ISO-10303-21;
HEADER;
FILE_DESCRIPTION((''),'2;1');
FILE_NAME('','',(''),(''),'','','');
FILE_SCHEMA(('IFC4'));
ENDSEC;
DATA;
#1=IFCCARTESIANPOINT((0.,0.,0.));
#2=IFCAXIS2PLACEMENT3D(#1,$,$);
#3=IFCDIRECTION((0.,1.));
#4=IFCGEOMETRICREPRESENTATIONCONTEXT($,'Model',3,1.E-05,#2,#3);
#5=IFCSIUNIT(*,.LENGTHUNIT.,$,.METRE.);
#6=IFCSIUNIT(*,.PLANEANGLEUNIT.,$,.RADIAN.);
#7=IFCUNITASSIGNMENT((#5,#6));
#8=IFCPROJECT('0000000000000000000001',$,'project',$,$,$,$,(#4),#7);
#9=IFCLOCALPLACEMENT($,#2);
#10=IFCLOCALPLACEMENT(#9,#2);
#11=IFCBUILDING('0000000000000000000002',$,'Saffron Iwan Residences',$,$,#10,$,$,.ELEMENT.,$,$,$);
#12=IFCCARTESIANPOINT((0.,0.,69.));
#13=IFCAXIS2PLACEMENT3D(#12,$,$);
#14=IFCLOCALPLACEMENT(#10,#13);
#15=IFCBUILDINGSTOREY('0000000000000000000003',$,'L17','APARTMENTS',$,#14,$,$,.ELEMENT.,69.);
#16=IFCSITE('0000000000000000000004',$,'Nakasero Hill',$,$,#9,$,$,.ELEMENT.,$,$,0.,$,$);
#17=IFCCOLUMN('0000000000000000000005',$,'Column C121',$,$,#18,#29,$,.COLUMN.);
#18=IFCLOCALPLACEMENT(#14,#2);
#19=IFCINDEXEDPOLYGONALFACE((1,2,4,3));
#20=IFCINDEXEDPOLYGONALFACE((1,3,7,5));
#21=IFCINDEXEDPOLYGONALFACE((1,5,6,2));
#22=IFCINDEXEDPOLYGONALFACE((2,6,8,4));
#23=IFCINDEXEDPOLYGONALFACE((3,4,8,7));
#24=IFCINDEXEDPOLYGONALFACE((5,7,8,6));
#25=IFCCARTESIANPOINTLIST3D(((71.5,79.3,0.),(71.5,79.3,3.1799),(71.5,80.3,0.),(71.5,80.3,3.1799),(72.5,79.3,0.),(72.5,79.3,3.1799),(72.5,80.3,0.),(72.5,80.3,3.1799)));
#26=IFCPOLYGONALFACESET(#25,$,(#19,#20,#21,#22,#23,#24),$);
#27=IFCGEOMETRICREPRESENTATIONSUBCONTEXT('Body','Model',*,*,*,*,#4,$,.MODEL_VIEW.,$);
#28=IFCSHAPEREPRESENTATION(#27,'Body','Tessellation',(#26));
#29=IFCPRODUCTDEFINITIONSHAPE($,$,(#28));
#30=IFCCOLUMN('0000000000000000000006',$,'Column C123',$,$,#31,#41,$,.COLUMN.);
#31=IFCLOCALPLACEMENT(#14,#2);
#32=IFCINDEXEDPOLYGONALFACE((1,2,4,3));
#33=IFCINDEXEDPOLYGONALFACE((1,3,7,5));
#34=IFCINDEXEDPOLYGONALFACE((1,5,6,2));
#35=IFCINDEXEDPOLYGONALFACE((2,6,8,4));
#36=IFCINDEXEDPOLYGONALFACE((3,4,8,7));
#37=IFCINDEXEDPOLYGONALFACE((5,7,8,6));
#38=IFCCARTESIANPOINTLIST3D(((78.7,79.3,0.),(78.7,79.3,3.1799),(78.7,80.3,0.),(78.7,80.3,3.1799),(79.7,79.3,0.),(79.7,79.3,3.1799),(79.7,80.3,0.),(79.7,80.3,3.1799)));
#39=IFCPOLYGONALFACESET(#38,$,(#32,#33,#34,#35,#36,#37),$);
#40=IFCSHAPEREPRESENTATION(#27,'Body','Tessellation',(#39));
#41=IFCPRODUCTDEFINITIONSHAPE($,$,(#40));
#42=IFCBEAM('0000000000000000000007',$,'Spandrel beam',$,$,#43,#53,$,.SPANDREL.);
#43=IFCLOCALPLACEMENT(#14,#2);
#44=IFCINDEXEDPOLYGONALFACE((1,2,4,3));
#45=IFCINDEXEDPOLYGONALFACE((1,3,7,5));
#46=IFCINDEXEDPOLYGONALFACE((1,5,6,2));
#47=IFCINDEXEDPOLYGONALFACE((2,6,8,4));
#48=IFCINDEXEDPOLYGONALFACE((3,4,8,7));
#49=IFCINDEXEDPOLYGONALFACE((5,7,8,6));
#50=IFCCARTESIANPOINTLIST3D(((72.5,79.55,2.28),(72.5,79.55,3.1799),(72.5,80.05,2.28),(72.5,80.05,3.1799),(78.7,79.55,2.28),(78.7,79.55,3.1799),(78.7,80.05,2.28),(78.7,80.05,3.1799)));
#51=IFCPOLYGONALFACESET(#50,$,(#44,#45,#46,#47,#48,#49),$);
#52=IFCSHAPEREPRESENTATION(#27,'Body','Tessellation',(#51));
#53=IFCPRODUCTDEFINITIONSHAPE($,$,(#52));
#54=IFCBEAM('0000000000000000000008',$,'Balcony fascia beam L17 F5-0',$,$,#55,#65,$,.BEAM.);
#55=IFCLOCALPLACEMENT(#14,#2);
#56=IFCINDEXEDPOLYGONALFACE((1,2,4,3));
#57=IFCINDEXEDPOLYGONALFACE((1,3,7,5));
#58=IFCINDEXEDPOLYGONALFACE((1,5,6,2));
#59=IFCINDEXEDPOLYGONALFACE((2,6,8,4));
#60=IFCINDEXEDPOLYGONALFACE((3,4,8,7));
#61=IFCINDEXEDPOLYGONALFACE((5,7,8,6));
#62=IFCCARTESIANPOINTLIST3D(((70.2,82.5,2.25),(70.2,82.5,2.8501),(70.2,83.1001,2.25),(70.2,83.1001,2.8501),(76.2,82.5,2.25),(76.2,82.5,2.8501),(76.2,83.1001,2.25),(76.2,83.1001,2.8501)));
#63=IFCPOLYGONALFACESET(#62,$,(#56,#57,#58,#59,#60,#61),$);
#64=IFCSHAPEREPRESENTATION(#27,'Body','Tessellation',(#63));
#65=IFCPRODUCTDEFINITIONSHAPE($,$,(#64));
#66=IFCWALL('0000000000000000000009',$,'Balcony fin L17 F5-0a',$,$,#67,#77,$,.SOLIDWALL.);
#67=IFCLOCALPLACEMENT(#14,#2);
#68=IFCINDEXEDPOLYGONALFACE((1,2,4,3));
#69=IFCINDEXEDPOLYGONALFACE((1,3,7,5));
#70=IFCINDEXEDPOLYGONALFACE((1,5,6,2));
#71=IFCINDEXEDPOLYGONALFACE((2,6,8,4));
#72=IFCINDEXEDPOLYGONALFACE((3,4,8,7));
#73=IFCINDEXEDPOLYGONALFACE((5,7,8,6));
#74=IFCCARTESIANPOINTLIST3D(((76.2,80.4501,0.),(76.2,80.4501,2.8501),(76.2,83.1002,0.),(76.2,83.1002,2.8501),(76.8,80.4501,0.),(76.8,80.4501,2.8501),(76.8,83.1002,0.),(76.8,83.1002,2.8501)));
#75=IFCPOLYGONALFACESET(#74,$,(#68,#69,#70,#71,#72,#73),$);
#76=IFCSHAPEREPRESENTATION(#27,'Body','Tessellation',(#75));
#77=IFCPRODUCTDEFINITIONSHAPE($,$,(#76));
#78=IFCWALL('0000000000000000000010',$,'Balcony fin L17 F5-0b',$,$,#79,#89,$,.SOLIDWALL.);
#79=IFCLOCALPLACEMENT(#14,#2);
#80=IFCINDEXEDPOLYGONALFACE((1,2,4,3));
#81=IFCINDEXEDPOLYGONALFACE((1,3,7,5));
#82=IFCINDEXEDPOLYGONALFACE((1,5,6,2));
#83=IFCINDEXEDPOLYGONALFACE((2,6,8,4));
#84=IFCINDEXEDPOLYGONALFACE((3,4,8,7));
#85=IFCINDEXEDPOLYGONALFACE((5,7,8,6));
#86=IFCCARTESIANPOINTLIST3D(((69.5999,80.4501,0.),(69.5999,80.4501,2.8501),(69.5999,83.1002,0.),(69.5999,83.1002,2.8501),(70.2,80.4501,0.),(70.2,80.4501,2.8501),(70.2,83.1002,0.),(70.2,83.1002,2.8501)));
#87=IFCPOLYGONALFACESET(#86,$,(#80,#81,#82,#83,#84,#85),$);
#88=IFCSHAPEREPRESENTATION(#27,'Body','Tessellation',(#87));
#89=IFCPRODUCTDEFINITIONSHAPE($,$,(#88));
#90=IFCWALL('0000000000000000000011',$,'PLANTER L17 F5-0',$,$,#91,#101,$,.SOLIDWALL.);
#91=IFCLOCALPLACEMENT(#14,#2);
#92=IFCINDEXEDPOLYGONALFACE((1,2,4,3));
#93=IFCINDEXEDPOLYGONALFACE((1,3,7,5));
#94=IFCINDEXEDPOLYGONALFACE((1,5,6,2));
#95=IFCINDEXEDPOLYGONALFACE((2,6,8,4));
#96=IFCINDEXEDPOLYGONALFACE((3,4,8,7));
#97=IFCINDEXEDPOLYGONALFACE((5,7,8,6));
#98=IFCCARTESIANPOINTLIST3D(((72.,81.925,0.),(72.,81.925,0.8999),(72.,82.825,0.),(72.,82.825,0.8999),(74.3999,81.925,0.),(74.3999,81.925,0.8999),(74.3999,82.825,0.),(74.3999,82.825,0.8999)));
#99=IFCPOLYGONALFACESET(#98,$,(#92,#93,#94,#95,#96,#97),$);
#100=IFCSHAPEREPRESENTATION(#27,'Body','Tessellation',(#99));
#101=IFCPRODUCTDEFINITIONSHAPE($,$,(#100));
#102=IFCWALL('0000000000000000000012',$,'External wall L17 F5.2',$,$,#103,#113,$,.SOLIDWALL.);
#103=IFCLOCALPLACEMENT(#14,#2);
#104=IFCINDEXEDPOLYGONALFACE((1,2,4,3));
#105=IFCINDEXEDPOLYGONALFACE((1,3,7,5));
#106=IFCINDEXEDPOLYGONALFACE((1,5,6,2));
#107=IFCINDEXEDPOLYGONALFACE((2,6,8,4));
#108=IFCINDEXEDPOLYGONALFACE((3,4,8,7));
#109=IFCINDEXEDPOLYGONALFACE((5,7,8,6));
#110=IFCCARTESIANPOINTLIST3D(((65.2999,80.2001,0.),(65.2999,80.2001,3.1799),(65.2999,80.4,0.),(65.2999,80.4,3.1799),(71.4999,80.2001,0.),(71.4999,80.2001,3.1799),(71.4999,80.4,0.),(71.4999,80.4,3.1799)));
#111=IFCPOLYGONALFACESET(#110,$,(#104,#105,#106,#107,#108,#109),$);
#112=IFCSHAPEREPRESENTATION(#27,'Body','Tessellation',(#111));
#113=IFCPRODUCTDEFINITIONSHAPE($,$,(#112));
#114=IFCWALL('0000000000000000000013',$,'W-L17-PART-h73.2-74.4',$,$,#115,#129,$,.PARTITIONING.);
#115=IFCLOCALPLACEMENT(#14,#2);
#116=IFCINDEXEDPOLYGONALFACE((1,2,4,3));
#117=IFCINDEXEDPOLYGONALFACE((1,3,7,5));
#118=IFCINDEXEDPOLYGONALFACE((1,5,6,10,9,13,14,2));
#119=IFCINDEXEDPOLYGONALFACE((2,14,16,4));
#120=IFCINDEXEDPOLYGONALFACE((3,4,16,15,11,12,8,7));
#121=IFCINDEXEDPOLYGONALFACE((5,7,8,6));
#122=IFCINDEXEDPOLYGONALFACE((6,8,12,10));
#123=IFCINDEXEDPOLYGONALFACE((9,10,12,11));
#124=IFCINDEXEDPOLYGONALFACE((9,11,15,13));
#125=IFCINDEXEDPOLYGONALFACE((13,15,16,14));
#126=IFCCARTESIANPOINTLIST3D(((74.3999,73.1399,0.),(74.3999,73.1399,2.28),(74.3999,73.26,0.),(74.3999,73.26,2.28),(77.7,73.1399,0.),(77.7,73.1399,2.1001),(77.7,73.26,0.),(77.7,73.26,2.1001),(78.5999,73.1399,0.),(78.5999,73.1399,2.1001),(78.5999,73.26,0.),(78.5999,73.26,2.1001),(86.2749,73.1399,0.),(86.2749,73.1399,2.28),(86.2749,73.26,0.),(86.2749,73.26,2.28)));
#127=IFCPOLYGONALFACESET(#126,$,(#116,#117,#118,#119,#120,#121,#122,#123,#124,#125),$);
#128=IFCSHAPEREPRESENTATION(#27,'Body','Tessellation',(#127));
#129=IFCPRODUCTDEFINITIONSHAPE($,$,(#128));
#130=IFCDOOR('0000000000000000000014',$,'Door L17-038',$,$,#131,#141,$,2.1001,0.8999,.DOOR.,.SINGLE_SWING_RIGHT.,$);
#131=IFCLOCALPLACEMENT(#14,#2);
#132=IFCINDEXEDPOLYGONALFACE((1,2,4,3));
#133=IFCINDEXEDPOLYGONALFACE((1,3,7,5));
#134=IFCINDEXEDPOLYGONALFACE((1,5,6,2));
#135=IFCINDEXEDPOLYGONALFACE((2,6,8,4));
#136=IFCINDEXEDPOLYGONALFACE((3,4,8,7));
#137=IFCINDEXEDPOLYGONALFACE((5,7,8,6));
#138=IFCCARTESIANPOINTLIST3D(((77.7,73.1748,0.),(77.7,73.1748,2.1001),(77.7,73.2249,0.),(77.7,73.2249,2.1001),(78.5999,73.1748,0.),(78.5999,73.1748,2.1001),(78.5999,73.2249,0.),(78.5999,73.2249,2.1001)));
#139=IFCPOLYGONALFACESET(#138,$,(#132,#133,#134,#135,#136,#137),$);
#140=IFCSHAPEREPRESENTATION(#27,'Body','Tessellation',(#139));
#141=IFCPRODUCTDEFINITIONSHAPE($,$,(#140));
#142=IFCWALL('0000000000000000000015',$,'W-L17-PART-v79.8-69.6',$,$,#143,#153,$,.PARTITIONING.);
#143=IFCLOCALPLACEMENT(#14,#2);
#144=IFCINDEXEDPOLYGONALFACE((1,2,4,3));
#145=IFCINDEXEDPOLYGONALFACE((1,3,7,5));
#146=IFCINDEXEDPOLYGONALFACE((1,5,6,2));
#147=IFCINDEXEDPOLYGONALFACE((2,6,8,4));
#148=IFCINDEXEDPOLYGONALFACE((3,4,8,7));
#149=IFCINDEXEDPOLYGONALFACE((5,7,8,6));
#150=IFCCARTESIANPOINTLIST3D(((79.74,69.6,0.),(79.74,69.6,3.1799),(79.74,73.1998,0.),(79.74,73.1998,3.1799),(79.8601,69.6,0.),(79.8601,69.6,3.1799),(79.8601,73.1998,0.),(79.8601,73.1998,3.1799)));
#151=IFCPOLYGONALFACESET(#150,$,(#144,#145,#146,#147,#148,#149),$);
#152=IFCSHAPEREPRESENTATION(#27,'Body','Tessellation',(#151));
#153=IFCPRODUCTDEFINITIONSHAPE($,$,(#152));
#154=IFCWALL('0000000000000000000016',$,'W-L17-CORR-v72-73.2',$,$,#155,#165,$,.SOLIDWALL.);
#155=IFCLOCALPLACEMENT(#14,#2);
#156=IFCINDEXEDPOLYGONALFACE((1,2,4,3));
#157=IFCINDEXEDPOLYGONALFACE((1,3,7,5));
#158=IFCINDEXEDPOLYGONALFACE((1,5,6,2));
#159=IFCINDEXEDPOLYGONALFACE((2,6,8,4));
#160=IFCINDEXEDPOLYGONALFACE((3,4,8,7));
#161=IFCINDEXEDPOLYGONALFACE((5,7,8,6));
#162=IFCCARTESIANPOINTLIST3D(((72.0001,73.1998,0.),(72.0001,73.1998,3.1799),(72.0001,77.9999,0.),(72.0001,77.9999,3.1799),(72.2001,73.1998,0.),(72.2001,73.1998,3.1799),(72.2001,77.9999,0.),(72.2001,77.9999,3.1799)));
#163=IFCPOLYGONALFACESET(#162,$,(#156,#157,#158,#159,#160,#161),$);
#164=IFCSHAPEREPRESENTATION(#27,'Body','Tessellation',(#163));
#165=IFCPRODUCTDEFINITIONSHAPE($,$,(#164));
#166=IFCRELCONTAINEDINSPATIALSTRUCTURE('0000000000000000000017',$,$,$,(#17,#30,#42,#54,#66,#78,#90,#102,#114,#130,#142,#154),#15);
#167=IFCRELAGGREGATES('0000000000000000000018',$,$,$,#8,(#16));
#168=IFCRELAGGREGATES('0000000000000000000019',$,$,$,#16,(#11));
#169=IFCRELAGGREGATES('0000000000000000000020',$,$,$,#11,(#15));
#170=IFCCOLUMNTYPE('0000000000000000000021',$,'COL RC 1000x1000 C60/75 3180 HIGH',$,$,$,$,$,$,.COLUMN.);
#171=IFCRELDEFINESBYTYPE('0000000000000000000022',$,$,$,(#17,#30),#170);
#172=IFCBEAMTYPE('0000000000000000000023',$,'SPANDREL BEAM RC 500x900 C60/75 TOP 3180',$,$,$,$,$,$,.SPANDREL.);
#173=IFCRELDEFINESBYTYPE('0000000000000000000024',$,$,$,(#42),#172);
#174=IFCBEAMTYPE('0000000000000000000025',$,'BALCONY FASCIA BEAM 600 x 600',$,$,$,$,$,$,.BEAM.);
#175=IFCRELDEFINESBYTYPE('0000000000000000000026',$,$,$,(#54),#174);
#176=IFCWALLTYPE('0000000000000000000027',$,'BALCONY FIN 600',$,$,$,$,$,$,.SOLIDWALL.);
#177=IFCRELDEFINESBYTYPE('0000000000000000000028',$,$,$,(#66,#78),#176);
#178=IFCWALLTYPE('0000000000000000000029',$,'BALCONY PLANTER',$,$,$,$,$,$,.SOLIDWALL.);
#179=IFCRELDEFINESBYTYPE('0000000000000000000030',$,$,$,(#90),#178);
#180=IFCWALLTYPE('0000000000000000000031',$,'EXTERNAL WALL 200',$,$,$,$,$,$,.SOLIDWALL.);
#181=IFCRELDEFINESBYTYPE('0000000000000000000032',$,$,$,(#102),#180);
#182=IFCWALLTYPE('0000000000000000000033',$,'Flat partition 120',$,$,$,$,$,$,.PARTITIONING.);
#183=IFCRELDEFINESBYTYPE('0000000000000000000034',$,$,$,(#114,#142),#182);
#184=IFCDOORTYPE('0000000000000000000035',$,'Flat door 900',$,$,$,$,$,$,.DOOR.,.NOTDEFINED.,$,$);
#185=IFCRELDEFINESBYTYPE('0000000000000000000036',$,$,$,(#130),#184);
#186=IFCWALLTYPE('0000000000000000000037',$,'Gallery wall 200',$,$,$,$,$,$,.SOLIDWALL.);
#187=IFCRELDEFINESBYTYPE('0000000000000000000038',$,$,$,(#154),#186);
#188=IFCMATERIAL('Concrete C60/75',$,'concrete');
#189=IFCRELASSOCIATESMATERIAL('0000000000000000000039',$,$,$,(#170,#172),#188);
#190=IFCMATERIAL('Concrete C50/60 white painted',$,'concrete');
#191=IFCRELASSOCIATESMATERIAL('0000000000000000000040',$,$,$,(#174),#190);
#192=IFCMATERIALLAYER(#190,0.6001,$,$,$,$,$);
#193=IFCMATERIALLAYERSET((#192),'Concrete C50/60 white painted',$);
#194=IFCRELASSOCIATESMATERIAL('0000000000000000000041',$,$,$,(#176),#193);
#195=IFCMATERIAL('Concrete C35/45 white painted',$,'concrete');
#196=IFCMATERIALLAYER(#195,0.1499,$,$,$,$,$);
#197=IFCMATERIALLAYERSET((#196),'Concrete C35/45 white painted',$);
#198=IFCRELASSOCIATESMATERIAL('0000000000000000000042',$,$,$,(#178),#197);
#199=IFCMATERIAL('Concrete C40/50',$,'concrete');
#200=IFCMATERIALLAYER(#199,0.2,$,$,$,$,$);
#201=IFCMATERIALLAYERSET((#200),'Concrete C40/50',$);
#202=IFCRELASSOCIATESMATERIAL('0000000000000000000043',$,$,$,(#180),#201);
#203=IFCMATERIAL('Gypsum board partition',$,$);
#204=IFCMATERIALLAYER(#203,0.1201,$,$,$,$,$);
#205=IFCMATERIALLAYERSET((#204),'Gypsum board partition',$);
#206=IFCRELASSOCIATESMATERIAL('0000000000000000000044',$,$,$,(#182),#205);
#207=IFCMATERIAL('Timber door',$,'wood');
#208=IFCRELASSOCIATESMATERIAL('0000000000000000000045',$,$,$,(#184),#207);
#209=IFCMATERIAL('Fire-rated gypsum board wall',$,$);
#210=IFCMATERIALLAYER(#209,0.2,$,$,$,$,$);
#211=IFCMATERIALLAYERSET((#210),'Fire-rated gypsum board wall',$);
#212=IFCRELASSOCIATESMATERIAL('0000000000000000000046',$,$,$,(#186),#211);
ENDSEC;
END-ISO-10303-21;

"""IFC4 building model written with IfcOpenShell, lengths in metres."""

from ifc_helpers import new_model, si_unit, direction, frame, frame_2d, origin, origin_2d, place, context, subcontext, project, spatial, rectangle, extrude, source, transform, mapped, material, layer, layer_set, material_profile, profile_set, type_object, element, fill, save


model = new_model("IFC4")

# Units and contexts
model_context = context("Model", 3, precision=1e-05, world=origin(), true_north=direction((0.0, 1.0)))
body_context = subcontext(model_context, "Body", "Model", "MODEL_VIEW")
ifc_project = project(units=[si_unit("LENGTHUNIT", "METRE"), si_unit("PLANEANGLEUNIT", "RADIAN")], contexts=[model_context])

# Site, building, storey
site_placement = place(None, origin())
site = spatial("IfcSite", under=ifc_project, at=site_placement, Name="Nakasero Hill", CompositionType="ELEMENT", RefElevation=0.0)
building_placement = place(site_placement, origin())
building = spatial("IfcBuilding", under=site, at=building_placement, Name="Saffron Iwan Residences", CompositionType="ELEMENT")
storey_placement = place(building_placement, frame((0.0, 0.0, 69.0)))
storey = spatial("IfcBuildingStorey", under=building, at=storey_placement, Name="L17", Description="APARTMENTS", CompositionType="ELEMENT", Elevation=69.0)

# Columns
ifc_material_1 = material(Name="Concrete C60/75", Category="concrete")
ifc_material_profile_1 = material_profile(ifc_material_1, rectangle(XDim=1.0, YDim=1.0, at=origin_2d()), Name="RC 1000x1000")
ifc_profile_set_1 = profile_set([ifc_material_profile_1], Name="Concrete C60/75")
column_type = type_object("IfcColumnType", Name="COL RC 1000x1000 C60/75 3180 HIGH", PredefinedType="COLUMN", material=ifc_profile_set_1)
shared_shape_1 = source(origin(), body_context, "Body", "SweptSolid", [
    extrude(rectangle(XDim=1.0, YDim=1.0, at=origin_2d()), origin(), (0.0, 0.0, 1.0), 3.1799),
])
for number, where, z_axis, x_axis, name in (
    (1, (72.0, 79.8, 0.0), (0.0, 0.0, 1.0), (1.0, 0.0, 0.0), "Column C121"),
    (2, (79.2, 79.8, 0.0), (0.0, 0.0, 1.0), (1.0, 0.0, 0.0), "Column C123"),
):
    element("IfcColumn", number, at=place(storey_placement, frame(where, z_axis=z_axis, x_axis=x_axis)), inside=storey, type_object=column_type, Name=name, PredefinedType="COLUMN", context=body_context, shape_type="MappedRepresentation", body=[
        mapped(shared_shape_1, transform((0.0, 0.0, 0.0))),
    ])

# Beams
ifc_material_profile_2 = material_profile(ifc_material_1, rectangle(XDim=0.5, YDim=0.8999, at=origin_2d()), Name="RC 500x900")
ifc_profile_set_2 = profile_set([ifc_material_profile_2], Name="Concrete C60/75")
beam_type_1 = type_object("IfcBeamType", Name="SPANDREL BEAM RC 500x900 C60/75 TOP 3180", PredefinedType="SPANDREL", material=ifc_profile_set_2)
shared_shape_2 = source(origin(), body_context, "Body", "SweptSolid", [
    extrude(rectangle(XDim=0.5, YDim=0.8999, at=origin_2d()), origin(), (0.0, 0.0, 1.0), 6.2),
])
beam_1_placement = place(storey_placement, frame((72.5, 79.8, 2.73), z_axis=(1.0, 0.0, 0.0), x_axis=(0.0, 1.0, 0.0)))
element("IfcBeam", 3, at=beam_1_placement, inside=storey, type_object=beam_type_1, Name="Spandrel beam", PredefinedType="SPANDREL", context=body_context, shape_type="MappedRepresentation", body=[
    mapped(shared_shape_2, transform((0.0, 0.0, 0.0))),
])
ifc_material_2 = material(Name="Concrete C50/60 white painted", Category="concrete")
ifc_material_profile_3 = material_profile(ifc_material_2, rectangle(XDim=0.6001, YDim=0.6001, at=origin_2d()), Name="BALCONY FASCIA BEAM 600 x 600")
ifc_profile_set_3 = profile_set([ifc_material_profile_3], Name="Concrete C50/60 white painted")
beam_type_2 = type_object("IfcBeamType", Name="BALCONY FASCIA BEAM 600 x 600", PredefinedType="BEAM", material=ifc_profile_set_3)
shared_shape_3 = source(origin(), body_context, "Body", "SweptSolid", [
    extrude(rectangle(XDim=0.6001, YDim=0.6001, at=origin_2d()), origin(), (0.0, 0.0, 1.0), 6.0),
])
beam_2_placement = place(storey_placement, frame((76.2, 82.8, 2.55), z_axis=(-1.0, 0.0, 0.0), x_axis=(0.0, -1.0, 0.0)))
element("IfcBeam", 4, at=beam_2_placement, inside=storey, type_object=beam_type_2, Name="Balcony fascia beam L17 F5-0", PredefinedType="BEAM", context=body_context, shape_type="MappedRepresentation", body=[
    mapped(shared_shape_3, transform((0.0, 0.0, 0.0))),
])

# Walls
ifc_layer_1 = layer(ifc_material_2, 0.6001)
ifc_layer_set_1 = layer_set([ifc_layer_1], Name="Concrete C50/60 white painted")
wall_type_1 = type_object("IfcWallType", Name="BALCONY FIN 600", PredefinedType="SOLIDWALL", material=ifc_layer_set_1)
for number, where, z_axis, x_axis, name in (
    (5, (76.5, 80.45, 0.0), (0.0, 0.0, 1.0), (0.0, 1.0, 0.0), "Balcony fin L17 F5-0a"),
    (6, (69.8999, 80.45, 0.0), (0.0, 0.0, 1.0), (0.0, 1.0, 0.0), "Balcony fin L17 F5-0b"),
):
    element("IfcWall", number, at=place(storey_placement, frame(where, z_axis=z_axis, x_axis=x_axis)), inside=storey, type_object=wall_type_1, Name=name, PredefinedType="SOLIDWALL", context=body_context, shape_type="SweptSolid", body=[
        extrude(rectangle(XDim=2.6501, YDim=0.6001, at=frame_2d((1.3252, 0.0))), origin(), (0.0, 0.0, 1.0), 2.8501),
    ])
ifc_material_3 = material(Name="Concrete C35/45 white painted", Category="concrete")
ifc_layer_2 = layer(ifc_material_3, 0.1499)
ifc_layer_set_2 = layer_set([ifc_layer_2], Name="Concrete C35/45 white painted")
wall_type_2 = type_object("IfcWallType", Name="BALCONY PLANTER", PredefinedType="SOLIDWALL", material=ifc_layer_set_2)
wall_1_placement = place(storey_placement, frame((74.3999, 82.375, 0.0), z_axis=(0.0, 0.0, 1.0), x_axis=(-1.0, 0.0, 0.0)))
element("IfcWall", 7, at=wall_1_placement, inside=storey, type_object=wall_type_2, Name="PLANTER L17 F5-0", PredefinedType="SOLIDWALL", context=body_context, shape_type="SweptSolid", body=[
    extrude(rectangle(XDim=2.3999, YDim=0.8999, at=frame_2d((1.2, 0.0))), origin(), (0.0, 0.0, 1.0), 0.8999),
])

# Shared definitions
ifc_material_4 = material(Name="Concrete C40/50", Category="concrete")
ifc_layer_3 = layer(ifc_material_4, 0.2)
ifc_layer_set_3 = layer_set([ifc_layer_3], Name="Concrete C40/50")
wall_type_3 = type_object("IfcWallType", Name="EXTERNAL WALL 200", PredefinedType="SOLIDWALL", material=ifc_layer_set_3)

# Wall
wall_2_placement = place(storey_placement, frame((71.5, 80.3, 0.0), z_axis=(0.0, 0.0, 1.0), x_axis=(-1.0, 0.0, 0.0)))
element("IfcWall", 8, at=wall_2_placement, inside=storey, type_object=wall_type_3, Name="External wall L17 F5.2", PredefinedType="SOLIDWALL", context=body_context, shape_type="SweptSolid", body=[
    extrude(rectangle(XDim=6.2, YDim=0.2, at=frame_2d((3.1001, 0.0))), origin(), (0.0, 0.0, 1.0), 3.1799),
])

# Wall, opening, door
ifc_material_5 = material(Name="Gypsum board partition")
ifc_layer_4 = layer(ifc_material_5, 0.1201)
ifc_layer_set_4 = layer_set([ifc_layer_4], Name="Gypsum board partition")
wall_type_4 = type_object("IfcWallType", Name="Flat partition 120", PredefinedType="PARTITIONING", material=ifc_layer_set_4)
wall_3_placement = place(storey_placement, frame((74.3999, 73.2, 0.0), z_axis=(0.0, 0.0, 1.0), x_axis=(1.0, 0.0, 0.0)))
wall_3 = element("IfcWall", 9, at=wall_3_placement, inside=storey, type_object=wall_type_4, Name="W-L17-PART-h73.2-74.4", PredefinedType="PARTITIONING", context=body_context, shape_type="SweptSolid", body=[
    extrude(rectangle(XDim=11.875, YDim=0.1201, at=frame_2d((5.9375, 0.0))), origin(), (0.0, 0.0, 1.0), 2.28),
])
opening_1_placement = place(wall_3_placement, frame((3.3, 0.0, 0.0)))
opening_1 = element("IfcOpeningElement", 10, at=opening_1_placement, cuts=wall_3, PredefinedType="OPENING", context=body_context, shape_type="SweptSolid", body=[
    extrude(rectangle(XDim=0.8999, YDim=2.1001, at=frame_2d((0.45, 1.05))), frame((0.0, 0.0701, 0.0), z_axis=(0.0, -1.0, 0.0), x_axis=(1.0, 0.0, 0.0)), (0.0, 0.0, 1.0), 0.1401),
])
ifc_material_6 = material(Name="Timber door", Category="wood")
door_type_1 = type_object("IfcDoorType", Name="Flat door 900", OperationType="NOTDEFINED", PredefinedType="DOOR", material=ifc_material_6)
door_1_placement = place(opening_1_placement, origin())
door_1 = element("IfcDoor", 11, at=door_1_placement, inside=storey, type_object=door_type_1, Name="Door L17-038", OperationType="SINGLE_SWING_RIGHT", OverallHeight=2.1001, OverallWidth=0.8999, PredefinedType="DOOR", context=body_context, shape_type="SweptSolid", body=[
    extrude(rectangle(XDim=0.8999, YDim=2.1001, at=frame_2d((0.45, 1.05))), frame((0.0, 0.0249, 0.0), z_axis=(0.0, -1.0, 0.0), x_axis=(1.0, 0.0, 0.0)), (0.0, 0.0, 1.0), 0.05),
])
fill(opening_1, door_1)

# Walls
wall_4_placement = place(storey_placement, frame((79.8, 69.6001, 0.0), z_axis=(0.0, 0.0, 1.0), x_axis=(0.0, 1.0, 0.0)))
element("IfcWall", 12, at=wall_4_placement, inside=storey, type_object=wall_type_4, Name="W-L17-PART-v79.8-69.6", PredefinedType="PARTITIONING", context=body_context, shape_type="SweptSolid", body=[
    extrude(rectangle(XDim=3.5999, YDim=0.1201, at=frame_2d((1.7998, 0.0))), origin(), (0.0, 0.0, 1.0), 3.1799),
])
ifc_material_7 = material(Name="Fire-rated gypsum board wall")
ifc_layer_5 = layer(ifc_material_7, 0.2)
ifc_layer_set_5 = layer_set([ifc_layer_5], Name="Fire-rated gypsum board wall")
wall_type_5 = type_object("IfcWallType", Name="Gallery wall 200", PredefinedType="SOLIDWALL", material=ifc_layer_set_5)
wall_5_placement = place(storey_placement, frame((72.1001, 73.2, 0.0), z_axis=(0.0, 0.0, 1.0), x_axis=(0.0, 1.0, 0.0)))
element("IfcWall", 13, at=wall_5_placement, inside=storey, type_object=wall_type_5, Name="W-L17-CORR-v72-73.2", PredefinedType="SOLIDWALL", context=body_context, shape_type="SweptSolid", body=[
    extrude(rectangle(XDim=4.8, YDim=0.2, at=frame_2d((2.3999, 0.0))), origin(), (0.0, 0.0, 1.0), 3.1799),
])

save(model, "model.ifc")
